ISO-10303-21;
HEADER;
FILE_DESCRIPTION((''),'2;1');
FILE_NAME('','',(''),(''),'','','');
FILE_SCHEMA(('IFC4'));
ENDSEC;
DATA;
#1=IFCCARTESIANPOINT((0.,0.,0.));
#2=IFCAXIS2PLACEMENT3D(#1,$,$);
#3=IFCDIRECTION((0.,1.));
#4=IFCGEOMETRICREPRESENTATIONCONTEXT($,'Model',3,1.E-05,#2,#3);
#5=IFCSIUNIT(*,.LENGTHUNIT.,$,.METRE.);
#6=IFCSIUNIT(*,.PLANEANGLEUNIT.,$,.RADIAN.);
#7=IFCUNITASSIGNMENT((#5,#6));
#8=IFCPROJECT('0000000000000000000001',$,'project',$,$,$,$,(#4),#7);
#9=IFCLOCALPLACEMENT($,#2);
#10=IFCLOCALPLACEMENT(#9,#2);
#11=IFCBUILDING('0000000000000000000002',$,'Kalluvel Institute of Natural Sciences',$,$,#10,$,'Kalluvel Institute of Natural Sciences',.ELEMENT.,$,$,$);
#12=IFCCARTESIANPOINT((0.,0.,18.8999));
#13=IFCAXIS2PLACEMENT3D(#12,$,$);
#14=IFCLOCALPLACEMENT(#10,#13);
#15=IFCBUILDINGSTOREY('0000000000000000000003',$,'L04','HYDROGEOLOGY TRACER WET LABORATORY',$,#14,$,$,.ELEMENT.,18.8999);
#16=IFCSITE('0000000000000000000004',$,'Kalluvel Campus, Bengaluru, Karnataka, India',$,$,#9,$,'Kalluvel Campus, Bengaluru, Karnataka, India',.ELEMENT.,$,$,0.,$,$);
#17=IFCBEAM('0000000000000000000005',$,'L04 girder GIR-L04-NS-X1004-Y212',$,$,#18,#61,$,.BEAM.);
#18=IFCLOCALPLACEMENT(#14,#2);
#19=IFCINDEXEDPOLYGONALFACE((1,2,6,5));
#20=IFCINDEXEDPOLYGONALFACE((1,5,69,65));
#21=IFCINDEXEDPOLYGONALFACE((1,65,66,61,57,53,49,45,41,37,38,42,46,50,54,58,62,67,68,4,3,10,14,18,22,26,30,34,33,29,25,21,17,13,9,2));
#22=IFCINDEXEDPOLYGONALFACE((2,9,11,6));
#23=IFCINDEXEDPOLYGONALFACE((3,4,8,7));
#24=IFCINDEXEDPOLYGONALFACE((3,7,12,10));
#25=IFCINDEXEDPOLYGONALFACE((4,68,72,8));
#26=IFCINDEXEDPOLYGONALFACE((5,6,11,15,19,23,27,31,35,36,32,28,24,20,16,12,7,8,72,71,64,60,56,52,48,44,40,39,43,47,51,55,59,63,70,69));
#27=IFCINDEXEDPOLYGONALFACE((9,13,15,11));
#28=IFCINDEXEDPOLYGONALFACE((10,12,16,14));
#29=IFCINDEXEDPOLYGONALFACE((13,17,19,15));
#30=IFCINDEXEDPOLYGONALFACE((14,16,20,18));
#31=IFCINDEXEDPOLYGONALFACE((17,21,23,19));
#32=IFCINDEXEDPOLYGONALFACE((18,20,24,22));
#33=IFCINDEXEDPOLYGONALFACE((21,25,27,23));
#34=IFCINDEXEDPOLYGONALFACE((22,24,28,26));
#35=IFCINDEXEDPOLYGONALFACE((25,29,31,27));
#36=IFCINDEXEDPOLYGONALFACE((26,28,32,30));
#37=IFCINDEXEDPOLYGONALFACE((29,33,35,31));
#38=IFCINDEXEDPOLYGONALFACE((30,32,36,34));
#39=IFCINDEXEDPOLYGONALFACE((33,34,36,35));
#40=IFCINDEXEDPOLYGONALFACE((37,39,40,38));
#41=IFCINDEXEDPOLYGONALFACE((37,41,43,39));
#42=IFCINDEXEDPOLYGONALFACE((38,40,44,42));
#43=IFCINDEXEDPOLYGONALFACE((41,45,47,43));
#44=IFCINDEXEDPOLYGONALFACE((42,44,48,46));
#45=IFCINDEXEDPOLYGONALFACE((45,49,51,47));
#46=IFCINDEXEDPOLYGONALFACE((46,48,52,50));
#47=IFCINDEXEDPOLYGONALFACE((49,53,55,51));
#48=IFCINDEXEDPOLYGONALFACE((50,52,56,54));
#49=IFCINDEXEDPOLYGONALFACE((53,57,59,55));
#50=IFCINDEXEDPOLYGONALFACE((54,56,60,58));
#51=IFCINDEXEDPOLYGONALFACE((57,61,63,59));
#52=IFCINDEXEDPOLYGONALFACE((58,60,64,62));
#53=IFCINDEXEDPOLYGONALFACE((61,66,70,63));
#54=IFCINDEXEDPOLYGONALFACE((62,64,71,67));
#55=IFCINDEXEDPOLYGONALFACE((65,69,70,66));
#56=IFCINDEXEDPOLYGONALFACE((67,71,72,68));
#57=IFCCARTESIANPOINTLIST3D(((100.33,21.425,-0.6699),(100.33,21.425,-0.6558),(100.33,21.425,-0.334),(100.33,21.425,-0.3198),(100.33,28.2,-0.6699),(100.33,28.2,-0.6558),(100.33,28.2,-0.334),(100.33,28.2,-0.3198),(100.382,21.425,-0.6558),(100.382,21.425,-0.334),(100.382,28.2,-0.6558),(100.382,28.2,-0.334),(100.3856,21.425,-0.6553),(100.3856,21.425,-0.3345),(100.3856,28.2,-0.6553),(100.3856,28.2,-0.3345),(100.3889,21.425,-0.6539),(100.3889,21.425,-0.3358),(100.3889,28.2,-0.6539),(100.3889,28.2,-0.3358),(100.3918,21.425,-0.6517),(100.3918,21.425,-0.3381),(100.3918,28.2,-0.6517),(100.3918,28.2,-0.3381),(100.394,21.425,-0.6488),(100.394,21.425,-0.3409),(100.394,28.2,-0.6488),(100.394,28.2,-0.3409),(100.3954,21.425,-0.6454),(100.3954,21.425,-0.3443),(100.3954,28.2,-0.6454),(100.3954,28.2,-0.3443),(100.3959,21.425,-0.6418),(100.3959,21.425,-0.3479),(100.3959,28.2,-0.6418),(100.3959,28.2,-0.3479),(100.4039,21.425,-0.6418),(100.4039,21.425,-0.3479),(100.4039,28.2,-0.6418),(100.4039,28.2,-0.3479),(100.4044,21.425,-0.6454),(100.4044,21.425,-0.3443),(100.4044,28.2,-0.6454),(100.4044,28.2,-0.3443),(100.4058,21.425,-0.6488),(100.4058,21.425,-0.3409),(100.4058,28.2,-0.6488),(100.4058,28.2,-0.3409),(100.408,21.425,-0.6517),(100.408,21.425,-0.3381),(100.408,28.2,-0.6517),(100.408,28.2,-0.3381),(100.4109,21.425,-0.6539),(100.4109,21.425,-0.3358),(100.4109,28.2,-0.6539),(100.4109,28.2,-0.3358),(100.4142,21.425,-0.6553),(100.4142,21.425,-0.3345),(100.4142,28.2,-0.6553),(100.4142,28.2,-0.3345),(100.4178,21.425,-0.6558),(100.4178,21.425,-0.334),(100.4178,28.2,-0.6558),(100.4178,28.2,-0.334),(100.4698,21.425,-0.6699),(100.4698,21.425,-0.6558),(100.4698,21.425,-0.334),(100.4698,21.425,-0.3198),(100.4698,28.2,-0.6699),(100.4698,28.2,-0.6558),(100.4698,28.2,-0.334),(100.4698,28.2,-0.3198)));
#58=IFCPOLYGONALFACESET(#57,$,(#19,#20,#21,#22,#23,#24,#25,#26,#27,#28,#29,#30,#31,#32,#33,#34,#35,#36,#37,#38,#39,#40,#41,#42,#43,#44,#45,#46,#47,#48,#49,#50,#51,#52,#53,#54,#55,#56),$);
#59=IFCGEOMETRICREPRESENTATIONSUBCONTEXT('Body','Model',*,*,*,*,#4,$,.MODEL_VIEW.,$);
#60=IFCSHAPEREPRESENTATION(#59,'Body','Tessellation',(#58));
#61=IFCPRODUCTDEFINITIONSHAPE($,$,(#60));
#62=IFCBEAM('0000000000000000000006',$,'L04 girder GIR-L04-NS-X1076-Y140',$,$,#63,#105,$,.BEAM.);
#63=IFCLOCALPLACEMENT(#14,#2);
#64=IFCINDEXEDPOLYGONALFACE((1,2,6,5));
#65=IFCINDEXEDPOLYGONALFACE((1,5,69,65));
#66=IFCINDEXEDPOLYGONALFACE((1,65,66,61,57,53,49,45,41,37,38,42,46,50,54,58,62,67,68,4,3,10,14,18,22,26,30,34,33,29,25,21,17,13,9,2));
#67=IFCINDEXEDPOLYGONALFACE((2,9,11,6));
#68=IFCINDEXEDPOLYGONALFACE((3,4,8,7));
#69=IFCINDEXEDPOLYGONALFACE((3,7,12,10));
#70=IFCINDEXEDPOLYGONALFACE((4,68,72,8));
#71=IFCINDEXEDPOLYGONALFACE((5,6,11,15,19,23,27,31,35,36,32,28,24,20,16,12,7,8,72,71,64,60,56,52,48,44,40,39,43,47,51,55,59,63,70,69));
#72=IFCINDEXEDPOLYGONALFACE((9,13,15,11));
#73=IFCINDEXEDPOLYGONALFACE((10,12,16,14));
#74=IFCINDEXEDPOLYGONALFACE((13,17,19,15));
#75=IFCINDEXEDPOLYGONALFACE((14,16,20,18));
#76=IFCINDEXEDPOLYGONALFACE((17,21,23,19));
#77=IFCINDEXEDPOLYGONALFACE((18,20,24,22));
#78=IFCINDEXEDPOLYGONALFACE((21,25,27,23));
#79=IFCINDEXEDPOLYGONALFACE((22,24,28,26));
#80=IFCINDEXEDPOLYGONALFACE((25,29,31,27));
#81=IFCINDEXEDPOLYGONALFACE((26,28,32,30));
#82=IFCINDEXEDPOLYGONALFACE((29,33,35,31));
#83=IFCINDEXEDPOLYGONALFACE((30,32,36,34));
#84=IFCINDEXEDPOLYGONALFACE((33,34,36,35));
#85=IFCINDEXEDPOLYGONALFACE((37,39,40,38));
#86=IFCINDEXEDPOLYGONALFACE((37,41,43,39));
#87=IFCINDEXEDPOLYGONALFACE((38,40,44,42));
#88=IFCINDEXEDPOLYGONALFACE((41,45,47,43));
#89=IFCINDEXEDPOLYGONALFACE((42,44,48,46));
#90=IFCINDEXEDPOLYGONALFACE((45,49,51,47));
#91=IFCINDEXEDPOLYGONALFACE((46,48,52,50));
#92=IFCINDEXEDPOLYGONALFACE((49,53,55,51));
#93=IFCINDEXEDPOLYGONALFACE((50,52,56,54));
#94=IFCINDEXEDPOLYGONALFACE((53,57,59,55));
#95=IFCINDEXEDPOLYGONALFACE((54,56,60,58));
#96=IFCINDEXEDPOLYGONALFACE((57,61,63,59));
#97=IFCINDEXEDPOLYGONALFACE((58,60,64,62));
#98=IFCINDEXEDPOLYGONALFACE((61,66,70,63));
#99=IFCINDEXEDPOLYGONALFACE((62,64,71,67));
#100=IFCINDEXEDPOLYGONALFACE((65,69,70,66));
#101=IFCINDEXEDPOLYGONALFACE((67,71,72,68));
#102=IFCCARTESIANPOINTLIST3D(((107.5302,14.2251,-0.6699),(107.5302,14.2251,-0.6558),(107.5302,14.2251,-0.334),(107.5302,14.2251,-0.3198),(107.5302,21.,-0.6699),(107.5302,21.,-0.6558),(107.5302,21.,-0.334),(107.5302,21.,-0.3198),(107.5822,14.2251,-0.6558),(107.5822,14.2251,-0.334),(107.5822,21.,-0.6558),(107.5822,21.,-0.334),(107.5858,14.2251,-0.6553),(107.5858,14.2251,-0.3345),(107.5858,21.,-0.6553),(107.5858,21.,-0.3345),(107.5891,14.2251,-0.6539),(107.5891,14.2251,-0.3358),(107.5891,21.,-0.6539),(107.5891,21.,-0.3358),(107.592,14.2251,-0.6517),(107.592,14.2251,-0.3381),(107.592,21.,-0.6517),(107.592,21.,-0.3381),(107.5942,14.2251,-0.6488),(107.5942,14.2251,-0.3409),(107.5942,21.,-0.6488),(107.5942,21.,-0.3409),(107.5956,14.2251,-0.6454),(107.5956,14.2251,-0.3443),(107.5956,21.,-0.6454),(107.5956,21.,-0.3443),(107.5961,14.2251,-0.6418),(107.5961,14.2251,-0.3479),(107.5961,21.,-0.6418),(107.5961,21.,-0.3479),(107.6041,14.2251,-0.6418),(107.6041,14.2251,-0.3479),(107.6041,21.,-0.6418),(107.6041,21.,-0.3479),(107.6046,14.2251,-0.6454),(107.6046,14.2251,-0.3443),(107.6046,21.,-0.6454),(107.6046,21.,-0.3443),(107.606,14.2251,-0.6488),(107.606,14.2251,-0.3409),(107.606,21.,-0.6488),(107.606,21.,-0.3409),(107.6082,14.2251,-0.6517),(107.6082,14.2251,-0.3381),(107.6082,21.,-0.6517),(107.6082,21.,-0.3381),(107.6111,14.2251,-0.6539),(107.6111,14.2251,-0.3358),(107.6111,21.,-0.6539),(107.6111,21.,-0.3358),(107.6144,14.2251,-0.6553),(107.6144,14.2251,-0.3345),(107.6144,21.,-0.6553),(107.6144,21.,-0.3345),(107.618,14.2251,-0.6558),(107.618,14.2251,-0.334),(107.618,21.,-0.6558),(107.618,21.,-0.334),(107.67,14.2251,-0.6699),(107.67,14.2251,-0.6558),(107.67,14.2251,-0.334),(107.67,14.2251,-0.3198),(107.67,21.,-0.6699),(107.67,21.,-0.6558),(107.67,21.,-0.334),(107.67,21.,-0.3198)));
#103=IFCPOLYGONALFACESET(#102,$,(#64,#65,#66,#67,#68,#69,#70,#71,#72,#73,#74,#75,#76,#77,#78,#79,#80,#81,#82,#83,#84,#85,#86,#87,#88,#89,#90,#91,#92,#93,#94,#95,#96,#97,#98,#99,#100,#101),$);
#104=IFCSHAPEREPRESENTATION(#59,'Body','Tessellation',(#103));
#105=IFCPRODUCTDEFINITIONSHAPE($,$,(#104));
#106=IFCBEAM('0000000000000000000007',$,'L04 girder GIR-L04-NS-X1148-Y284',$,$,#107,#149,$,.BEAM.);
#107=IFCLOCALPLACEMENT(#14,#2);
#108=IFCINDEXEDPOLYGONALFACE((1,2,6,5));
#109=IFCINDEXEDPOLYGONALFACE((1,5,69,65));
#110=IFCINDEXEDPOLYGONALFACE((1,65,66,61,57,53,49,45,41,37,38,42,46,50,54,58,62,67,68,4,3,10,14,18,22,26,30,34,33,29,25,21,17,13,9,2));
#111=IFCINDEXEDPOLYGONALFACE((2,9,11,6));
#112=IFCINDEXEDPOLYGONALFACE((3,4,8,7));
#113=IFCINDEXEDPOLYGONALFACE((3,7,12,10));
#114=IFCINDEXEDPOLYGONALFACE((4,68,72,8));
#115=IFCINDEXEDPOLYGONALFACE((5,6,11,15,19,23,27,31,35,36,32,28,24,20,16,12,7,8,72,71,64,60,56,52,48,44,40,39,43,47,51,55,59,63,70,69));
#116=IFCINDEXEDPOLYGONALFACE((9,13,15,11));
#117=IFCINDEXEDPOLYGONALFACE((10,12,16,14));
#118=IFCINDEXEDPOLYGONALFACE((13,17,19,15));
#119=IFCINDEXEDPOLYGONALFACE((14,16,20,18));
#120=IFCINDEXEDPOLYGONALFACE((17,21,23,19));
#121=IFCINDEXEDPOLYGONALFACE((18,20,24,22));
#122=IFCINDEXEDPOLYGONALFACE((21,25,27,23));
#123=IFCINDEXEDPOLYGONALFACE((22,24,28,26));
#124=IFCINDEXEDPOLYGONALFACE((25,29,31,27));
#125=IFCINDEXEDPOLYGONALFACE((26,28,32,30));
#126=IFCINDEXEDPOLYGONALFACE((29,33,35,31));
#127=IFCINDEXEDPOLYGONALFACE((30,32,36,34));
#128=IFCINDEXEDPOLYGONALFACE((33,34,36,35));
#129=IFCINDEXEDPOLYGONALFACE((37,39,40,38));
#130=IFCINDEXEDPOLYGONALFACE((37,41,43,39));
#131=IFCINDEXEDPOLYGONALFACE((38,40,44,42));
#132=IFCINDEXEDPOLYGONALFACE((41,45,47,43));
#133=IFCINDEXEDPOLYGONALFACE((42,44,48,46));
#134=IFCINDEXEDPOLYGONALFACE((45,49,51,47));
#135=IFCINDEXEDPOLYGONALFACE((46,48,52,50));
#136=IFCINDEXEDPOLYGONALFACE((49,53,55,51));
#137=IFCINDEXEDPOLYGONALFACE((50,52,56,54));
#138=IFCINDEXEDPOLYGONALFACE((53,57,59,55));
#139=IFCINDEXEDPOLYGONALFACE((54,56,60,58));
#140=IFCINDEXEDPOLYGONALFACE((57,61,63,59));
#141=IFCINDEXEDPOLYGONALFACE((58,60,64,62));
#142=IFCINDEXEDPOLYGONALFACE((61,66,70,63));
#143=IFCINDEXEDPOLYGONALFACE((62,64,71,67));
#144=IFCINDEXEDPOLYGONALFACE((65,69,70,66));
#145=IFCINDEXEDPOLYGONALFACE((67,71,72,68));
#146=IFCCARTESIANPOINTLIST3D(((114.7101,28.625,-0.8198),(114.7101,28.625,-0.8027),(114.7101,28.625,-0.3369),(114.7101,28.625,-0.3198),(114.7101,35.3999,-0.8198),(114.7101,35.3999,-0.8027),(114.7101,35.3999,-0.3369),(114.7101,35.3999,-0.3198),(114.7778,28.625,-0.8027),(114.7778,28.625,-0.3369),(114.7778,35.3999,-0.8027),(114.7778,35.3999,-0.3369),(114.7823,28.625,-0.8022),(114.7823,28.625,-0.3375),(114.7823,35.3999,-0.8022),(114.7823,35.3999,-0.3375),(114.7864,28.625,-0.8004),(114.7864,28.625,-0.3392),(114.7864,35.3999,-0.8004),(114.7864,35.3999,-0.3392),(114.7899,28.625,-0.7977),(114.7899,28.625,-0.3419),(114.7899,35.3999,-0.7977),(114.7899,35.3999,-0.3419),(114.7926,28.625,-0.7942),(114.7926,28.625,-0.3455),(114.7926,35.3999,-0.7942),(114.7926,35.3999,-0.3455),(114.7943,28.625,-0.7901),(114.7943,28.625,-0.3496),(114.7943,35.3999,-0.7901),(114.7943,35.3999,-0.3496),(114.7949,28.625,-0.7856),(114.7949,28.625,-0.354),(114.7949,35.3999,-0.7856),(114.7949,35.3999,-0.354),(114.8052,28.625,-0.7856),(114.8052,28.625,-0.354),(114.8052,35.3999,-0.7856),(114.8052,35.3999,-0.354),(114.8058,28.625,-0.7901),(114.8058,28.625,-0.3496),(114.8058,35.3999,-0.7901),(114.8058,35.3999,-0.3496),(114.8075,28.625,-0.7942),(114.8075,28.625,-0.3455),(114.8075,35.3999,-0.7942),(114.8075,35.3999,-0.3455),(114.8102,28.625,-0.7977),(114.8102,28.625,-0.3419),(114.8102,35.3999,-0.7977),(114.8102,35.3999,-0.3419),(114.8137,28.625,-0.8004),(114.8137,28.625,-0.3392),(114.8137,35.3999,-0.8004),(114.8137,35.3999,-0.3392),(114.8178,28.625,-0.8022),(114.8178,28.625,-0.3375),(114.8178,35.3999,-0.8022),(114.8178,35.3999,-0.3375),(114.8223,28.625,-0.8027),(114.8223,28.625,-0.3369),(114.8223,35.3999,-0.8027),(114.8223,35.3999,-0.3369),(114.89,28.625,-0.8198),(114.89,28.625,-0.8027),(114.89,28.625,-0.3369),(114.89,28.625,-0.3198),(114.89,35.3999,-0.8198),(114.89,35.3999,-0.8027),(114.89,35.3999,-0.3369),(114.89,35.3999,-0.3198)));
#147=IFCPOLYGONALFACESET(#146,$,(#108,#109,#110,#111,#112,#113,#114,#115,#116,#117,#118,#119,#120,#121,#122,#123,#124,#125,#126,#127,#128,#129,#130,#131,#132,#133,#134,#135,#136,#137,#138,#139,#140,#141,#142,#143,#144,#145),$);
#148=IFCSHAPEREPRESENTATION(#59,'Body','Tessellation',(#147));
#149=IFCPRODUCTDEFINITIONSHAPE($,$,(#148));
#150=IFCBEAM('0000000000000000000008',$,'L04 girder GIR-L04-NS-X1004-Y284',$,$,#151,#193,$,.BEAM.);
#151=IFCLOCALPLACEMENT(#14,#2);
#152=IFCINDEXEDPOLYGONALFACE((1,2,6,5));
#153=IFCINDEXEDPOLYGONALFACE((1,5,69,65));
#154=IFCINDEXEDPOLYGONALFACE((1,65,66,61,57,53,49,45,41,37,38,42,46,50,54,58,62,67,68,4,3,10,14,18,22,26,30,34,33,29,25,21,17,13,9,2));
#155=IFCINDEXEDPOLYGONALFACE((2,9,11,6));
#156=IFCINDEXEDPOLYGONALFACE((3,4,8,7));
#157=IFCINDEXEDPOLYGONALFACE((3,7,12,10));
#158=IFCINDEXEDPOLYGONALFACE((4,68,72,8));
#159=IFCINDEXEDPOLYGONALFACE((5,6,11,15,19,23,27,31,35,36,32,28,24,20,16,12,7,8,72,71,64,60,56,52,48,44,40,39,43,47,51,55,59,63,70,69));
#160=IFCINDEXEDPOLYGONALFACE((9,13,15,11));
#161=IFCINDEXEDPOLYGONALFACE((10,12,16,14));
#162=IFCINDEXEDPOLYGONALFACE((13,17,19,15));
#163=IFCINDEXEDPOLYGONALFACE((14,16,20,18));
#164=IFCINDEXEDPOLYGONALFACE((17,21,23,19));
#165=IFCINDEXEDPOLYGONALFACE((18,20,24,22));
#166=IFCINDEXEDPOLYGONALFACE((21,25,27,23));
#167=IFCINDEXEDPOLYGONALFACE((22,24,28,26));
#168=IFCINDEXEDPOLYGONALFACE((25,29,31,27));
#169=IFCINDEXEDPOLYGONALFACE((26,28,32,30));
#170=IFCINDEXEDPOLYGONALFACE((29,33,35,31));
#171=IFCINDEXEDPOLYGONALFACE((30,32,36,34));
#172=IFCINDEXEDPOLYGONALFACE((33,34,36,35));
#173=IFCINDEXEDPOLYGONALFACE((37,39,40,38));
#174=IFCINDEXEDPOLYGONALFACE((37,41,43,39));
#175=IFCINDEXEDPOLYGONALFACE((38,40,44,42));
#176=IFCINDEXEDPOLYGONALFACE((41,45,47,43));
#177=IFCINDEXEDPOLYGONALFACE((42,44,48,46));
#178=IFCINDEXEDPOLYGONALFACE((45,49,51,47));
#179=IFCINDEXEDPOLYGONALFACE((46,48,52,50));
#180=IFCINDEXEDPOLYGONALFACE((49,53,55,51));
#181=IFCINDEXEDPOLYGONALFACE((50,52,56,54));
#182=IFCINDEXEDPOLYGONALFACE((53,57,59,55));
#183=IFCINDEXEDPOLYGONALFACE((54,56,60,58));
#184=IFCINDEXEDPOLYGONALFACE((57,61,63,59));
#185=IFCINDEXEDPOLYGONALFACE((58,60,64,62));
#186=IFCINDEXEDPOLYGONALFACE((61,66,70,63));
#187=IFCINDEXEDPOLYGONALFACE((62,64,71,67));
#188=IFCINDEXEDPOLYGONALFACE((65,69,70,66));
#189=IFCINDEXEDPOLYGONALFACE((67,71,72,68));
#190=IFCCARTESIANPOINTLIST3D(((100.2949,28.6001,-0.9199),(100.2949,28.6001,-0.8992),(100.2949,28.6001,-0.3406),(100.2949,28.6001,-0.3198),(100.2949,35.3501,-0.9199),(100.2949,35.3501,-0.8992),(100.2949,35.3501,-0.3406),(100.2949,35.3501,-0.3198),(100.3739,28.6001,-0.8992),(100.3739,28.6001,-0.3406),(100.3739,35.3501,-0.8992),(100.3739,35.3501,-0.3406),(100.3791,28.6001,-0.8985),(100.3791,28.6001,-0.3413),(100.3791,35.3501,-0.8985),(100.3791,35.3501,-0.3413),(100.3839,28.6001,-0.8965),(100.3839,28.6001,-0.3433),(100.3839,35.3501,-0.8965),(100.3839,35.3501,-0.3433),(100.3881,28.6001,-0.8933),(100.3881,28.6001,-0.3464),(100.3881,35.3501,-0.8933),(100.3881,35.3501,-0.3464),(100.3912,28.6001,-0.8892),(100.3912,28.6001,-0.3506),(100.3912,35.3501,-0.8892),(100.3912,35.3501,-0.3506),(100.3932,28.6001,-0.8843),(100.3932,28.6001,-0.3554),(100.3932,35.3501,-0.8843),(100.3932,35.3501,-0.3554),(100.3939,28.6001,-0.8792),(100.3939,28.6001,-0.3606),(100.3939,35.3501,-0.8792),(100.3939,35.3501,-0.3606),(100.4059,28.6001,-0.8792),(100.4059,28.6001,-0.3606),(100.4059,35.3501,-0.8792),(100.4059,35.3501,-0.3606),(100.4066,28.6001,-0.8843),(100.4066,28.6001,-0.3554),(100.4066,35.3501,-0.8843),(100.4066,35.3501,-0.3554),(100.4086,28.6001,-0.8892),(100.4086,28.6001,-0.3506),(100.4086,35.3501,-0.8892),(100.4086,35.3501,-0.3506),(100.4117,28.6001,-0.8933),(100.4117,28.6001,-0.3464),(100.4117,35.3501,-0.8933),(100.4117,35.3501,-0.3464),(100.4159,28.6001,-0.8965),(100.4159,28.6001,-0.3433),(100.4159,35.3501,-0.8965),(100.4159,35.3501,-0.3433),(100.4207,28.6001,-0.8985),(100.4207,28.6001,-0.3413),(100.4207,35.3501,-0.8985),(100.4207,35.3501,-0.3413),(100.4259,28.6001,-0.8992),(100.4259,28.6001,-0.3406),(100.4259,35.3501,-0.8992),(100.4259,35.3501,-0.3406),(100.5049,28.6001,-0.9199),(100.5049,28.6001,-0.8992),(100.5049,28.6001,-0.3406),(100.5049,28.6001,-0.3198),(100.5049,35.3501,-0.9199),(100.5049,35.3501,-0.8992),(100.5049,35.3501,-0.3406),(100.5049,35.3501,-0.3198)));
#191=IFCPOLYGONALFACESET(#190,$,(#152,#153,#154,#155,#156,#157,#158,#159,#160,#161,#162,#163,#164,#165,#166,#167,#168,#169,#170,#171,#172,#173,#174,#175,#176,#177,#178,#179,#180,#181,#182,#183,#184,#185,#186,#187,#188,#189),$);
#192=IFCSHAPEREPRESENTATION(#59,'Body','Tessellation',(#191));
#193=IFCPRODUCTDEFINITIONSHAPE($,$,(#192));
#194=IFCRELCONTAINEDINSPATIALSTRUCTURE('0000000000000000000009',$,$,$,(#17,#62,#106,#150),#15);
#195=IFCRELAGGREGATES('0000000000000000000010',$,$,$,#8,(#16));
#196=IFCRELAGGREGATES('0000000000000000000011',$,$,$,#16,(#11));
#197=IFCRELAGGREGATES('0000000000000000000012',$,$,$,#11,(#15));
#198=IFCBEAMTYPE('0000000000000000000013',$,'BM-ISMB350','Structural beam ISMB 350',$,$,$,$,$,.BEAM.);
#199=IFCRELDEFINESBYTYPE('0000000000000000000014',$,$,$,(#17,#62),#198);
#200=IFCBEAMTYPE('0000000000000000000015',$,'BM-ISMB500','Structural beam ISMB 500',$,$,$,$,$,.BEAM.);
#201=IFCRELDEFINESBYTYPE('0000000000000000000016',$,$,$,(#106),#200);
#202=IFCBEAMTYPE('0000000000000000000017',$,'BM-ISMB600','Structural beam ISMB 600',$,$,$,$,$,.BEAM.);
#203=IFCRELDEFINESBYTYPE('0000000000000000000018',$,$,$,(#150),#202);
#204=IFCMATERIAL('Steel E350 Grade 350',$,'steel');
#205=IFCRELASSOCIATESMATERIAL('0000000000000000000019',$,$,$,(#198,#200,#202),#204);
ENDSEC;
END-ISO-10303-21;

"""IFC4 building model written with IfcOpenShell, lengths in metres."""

from ifc_helpers import new_model, si_unit, direction, frame, origin, origin_2d, place, context, subcontext, project, spatial, i_section, extrude, material, material_profile, profile_set, type_object, element, save


model = new_model("IFC4")

# Units and contexts
model_context = context("Model", 3, precision=1e-05, world=origin(), true_north=direction((0.0, 1.0)))
body_context = subcontext(model_context, "Body", "Model", "MODEL_VIEW")
ifc_project = project(units=[si_unit("LENGTHUNIT", "METRE"), si_unit("PLANEANGLEUNIT", "RADIAN")], contexts=[model_context])

# Site, building, storey
site_placement = place(None, origin())
site = spatial("IfcSite", under=ifc_project, at=site_placement, Name="Kalluvel Campus, Bengaluru, Karnataka, India", LongName="Kalluvel Campus, Bengaluru, Karnataka, India", CompositionType="ELEMENT", RefElevation=0.0)
building_placement = place(site_placement, origin())
building = spatial("IfcBuilding", under=site, at=building_placement, Name="Kalluvel Institute of Natural Sciences", LongName="Kalluvel Institute of Natural Sciences", CompositionType="ELEMENT")
storey_placement = place(building_placement, frame((0.0, 0.0, 18.8999)))
storey = spatial("IfcBuildingStorey", under=building, at=storey_placement, Name="L04", Description="HYDROGEOLOGY TRACER WET LABORATORY", CompositionType="ELEMENT", Elevation=18.8999)

# Beams
ifc_material_1 = material(Name="Steel E350 Grade 350", Category="steel")
ifc_material_profile_1 = material_profile(ifc_material_1, i_section(OverallWidth=0.1399, OverallDepth=0.3501, WebThickness=0.0081, FlangeThickness=0.0142, FilletRadius=0.0139, at=origin_2d()), Name="ISMB 350")
ifc_profile_set_1 = profile_set([ifc_material_profile_1], Name="Steel E350 Grade 350")
beam_type_1 = type_object("IfcBeamType", Name="BM-ISMB350", Description="Structural beam ISMB 350", PredefinedType="BEAM", material=ifc_profile_set_1)
for number, where, z_axis, x_axis, name in (
    (1, (100.3999, 21.425, -0.4949), (0.0, 1.0, 0.0), (-1.0, 0.0, 0.0), "L04 girder GIR-L04-NS-X1004-Y212"),
    (2, (107.6001, 14.2251, -0.4949), (0.0, 1.0, 0.0), (-1.0, 0.0, 0.0), "L04 girder GIR-L04-NS-X1076-Y140"),
):
    element("IfcBeam", number, at=place(storey_placement, frame(where, z_axis=z_axis, x_axis=x_axis)), inside=storey, type_object=beam_type_1, Name=name, PredefinedType="BEAM", context=body_context, shape_type="SweptSolid", body=[
        extrude(i_section(OverallWidth=0.1399, OverallDepth=0.3501, WebThickness=0.0081, FlangeThickness=0.0142, FilletRadius=0.0139, at=origin_2d()), origin(), (0.0, 0.0, 1.0), 6.7749),
    ])
ifc_material_profile_2 = material_profile(ifc_material_1, i_section(OverallWidth=0.1799, OverallDepth=0.5, WebThickness=0.0103, FlangeThickness=0.0171, FilletRadius=0.0171, at=origin_2d()), Name="ISMB 500")
ifc_profile_set_2 = profile_set([ifc_material_profile_2], Name="Steel E350 Grade 350")
beam_type_2 = type_object("IfcBeamType", Name="BM-ISMB500", Description="Structural beam ISMB 500", PredefinedType="BEAM", material=ifc_profile_set_2)
beam_1_placement = place(storey_placement, frame((114.8, 28.625, -0.5698), z_axis=(0.0, 1.0, 0.0), x_axis=(-1.0, 0.0, 0.0)))
element("IfcBeam", 3, at=beam_1_placement, inside=storey, type_object=beam_type_2, Name="L04 girder GIR-L04-NS-X1148-Y284", PredefinedType="BEAM", context=body_context, shape_type="SweptSolid", body=[
    extrude(i_section(OverallWidth=0.1799, OverallDepth=0.5, WebThickness=0.0103, FlangeThickness=0.0171, FilletRadius=0.0171, at=origin_2d()), origin(), (0.0, 0.0, 1.0), 6.7749),
])
ifc_material_profile_3 = material_profile(ifc_material_1, i_section(OverallWidth=0.21, OverallDepth=0.6001, WebThickness=0.012, FlangeThickness=0.0208, FilletRadius=0.02, at=origin_2d()), Name="ISMB 600")
ifc_profile_set_3 = profile_set([ifc_material_profile_3], Name="Steel E350 Grade 350")
beam_type_3 = type_object("IfcBeamType", Name="BM-ISMB600", Description="Structural beam ISMB 600", PredefinedType="BEAM", material=ifc_profile_set_3)
for number, where, z_axis, x_axis, name in (
    (4, (100.3999, 28.6001, -0.6199), (0.0, 1.0, 0.0), (-1.0, 0.0, 0.0), "L04 girder GIR-L04-NS-X1004-Y284"),
):
    element("IfcBeam", number, at=place(storey_placement, frame(where, z_axis=z_axis, x_axis=x_axis)), inside=storey, type_object=beam_type_3, Name=name, PredefinedType="BEAM", context=body_context, shape_type="SweptSolid", body=[
        extrude(i_section(OverallWidth=0.21, OverallDepth=0.6001, WebThickness=0.012, FlangeThickness=0.0208, FilletRadius=0.02, at=origin_2d()), origin(), (0.0, 0.0, 1.0), 6.75),
    ])

save(model, "model.ifc")
